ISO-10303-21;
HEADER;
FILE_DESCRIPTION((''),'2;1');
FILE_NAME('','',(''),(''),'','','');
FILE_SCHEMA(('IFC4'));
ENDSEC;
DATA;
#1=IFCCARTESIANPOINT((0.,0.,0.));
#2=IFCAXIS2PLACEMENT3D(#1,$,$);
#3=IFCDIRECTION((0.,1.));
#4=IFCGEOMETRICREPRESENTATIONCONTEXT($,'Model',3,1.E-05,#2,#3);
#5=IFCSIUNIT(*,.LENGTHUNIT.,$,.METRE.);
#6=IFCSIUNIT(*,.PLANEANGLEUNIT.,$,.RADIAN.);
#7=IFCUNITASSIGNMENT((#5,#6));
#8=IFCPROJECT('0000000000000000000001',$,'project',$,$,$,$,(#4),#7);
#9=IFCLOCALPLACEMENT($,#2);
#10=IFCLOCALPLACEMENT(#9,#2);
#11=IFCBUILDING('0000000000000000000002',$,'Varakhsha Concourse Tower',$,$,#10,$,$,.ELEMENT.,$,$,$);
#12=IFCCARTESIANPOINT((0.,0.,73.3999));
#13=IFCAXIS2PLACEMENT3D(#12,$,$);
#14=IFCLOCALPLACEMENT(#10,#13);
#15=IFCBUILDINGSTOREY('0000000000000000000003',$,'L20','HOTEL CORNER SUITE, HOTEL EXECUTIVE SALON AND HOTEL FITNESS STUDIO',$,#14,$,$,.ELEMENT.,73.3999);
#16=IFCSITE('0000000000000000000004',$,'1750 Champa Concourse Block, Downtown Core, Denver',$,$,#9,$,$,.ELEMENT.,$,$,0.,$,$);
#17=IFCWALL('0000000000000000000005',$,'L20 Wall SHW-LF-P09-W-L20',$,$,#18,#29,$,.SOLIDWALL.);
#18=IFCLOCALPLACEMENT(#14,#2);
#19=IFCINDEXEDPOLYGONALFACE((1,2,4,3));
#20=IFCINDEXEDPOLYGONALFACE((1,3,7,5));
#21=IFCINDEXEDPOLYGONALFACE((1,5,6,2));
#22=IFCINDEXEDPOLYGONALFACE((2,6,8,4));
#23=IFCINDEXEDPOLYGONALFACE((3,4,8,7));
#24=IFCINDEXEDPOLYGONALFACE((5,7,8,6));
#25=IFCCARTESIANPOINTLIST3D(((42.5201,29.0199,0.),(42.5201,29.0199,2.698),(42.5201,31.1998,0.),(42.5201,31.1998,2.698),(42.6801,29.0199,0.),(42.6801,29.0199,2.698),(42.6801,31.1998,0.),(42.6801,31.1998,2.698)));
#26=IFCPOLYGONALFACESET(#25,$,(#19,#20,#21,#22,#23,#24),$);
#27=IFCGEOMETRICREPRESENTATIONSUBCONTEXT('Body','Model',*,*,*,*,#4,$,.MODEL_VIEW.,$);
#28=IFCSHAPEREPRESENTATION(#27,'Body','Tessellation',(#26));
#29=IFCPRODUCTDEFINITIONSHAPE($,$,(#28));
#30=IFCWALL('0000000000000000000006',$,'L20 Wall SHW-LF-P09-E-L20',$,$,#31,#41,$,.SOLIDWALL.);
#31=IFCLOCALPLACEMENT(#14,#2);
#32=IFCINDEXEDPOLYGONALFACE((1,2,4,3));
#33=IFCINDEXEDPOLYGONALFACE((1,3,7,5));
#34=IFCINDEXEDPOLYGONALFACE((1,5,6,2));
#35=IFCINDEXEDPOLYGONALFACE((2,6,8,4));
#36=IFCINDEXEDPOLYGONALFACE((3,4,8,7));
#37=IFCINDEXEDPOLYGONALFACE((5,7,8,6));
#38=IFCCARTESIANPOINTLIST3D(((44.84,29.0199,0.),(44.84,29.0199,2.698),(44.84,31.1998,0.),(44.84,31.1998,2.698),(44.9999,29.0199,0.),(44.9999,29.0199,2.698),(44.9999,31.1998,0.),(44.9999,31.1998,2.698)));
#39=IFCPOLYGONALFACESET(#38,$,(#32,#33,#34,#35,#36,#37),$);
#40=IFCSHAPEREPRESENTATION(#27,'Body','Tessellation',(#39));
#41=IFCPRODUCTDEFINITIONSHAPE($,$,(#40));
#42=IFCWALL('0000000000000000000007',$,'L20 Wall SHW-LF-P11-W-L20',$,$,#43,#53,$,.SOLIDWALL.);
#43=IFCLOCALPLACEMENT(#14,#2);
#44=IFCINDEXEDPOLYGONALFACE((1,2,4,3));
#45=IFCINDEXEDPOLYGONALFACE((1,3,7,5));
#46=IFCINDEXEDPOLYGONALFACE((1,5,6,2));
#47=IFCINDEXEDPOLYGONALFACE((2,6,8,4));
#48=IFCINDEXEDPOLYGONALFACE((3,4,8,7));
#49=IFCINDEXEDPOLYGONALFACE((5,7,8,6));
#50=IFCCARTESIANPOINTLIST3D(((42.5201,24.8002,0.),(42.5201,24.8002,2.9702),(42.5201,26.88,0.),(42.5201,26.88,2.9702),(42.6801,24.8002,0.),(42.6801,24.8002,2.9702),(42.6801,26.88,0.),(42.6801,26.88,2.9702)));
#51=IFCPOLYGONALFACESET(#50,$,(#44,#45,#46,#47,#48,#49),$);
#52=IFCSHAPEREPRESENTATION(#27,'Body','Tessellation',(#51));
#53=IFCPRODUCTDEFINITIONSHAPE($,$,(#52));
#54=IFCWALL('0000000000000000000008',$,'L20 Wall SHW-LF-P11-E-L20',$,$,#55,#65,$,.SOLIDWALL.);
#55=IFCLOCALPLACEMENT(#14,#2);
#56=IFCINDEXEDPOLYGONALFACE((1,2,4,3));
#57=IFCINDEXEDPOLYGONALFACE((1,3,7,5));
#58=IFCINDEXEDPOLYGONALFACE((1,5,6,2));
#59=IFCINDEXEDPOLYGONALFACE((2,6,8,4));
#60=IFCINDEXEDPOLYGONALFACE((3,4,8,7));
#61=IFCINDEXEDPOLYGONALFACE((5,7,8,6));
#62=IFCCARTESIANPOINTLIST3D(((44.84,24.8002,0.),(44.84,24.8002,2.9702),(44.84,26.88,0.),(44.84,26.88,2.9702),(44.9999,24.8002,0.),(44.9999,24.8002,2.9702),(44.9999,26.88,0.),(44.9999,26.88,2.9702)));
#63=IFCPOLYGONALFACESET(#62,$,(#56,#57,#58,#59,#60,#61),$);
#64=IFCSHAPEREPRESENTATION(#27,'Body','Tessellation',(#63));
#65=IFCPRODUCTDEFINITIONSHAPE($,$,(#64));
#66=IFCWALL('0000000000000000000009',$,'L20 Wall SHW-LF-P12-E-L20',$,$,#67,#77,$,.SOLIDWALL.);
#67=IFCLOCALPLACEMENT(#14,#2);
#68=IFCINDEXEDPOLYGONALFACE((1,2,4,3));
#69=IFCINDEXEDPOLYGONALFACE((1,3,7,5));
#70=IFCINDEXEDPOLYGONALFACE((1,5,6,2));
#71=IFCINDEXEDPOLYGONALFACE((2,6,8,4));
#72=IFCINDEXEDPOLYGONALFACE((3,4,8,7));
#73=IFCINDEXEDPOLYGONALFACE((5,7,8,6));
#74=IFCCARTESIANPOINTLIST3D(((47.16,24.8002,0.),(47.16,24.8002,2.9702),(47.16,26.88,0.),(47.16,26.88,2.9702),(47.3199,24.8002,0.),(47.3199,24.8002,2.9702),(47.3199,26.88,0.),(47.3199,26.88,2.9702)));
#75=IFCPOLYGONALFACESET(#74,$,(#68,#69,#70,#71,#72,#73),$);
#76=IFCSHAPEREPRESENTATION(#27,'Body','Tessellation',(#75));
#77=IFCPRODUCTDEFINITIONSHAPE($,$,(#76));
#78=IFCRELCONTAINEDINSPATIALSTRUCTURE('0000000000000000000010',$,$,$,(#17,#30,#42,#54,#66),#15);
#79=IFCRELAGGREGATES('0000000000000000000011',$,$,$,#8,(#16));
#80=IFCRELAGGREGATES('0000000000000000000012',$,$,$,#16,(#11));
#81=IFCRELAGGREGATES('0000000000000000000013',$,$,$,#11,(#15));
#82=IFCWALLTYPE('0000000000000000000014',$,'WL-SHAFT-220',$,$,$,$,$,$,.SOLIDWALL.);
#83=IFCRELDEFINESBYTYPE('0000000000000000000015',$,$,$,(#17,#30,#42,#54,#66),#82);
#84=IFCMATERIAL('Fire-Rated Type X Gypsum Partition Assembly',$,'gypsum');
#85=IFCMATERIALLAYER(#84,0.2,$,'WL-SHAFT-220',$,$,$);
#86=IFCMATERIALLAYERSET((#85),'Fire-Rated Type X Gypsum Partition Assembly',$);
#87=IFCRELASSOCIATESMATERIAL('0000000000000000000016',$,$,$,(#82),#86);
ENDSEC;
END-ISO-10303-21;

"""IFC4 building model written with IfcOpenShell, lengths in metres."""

from ifc_helpers import new_model, si_unit, direction, frame, frame_2d, origin, place, context, subcontext, project, spatial, rectangle, extrude, material, layer, layer_set, type_object, element, save


model = new_model("IFC4")

# Units and contexts
model_context = context("Model", 3, precision=1e-05, world=origin(), true_north=direction((0.0, 1.0)))
body_context = subcontext(model_context, "Body", "Model", "MODEL_VIEW")
ifc_project = project(units=[si_unit("LENGTHUNIT", "METRE"), si_unit("PLANEANGLEUNIT", "RADIAN")], contexts=[model_context])

# Site, building, storey
site_placement = place(None, origin())
site = spatial("IfcSite", under=ifc_project, at=site_placement, Name="1750 Champa Concourse Block, Downtown Core, Denver", CompositionType="ELEMENT", RefElevation=0.0)
building_placement = place(site_placement, origin())
building = spatial("IfcBuilding", under=site, at=building_placement, Name="Varakhsha Concourse Tower", CompositionType="ELEMENT")
storey_placement = place(building_placement, frame((0.0, 0.0, 73.3999)))
storey = spatial("IfcBuildingStorey", under=building, at=storey_placement, Name="L20", Description="HOTEL CORNER SUITE, HOTEL EXECUTIVE SALON AND HOTEL FITNESS STUDIO", CompositionType="ELEMENT", Elevation=73.3999)

# Shared definitions
ifc_material_1 = material(Name="Fire-Rated Type X Gypsum Partition Assembly", Category="gypsum")

# Walls
ifc_layer_1 = layer(ifc_material_1, 0.2, Name="WL-SHAFT-220")
ifc_layer_set_1 = layer_set([ifc_layer_1], Name="Fire-Rated Type X Gypsum Partition Assembly")
wall_type_1 = type_object("IfcWallType", Name="WL-SHAFT-220", PredefinedType="SOLIDWALL", material=ifc_layer_set_1)
for number, where, z_axis, x_axis, name in (
    (1, (42.6001, 29.02, 0.0), (0.0, 0.0, 1.0), (0.0, 1.0, 0.0), "L20 Wall SHW-LF-P09-W-L20"),
    (2, (44.9199, 29.02, 0.0), (0.0, 0.0, 1.0), (0.0, 1.0, 0.0), "L20 Wall SHW-LF-P09-E-L20"),
):
    element("IfcWall", number, at=place(storey_placement, frame(where, z_axis=z_axis, x_axis=x_axis)), inside=storey, type_object=wall_type_1, Name=name, PredefinedType="SOLIDWALL", context=body_context, shape_type="SweptSolid", body=[
        extrude(rectangle(XDim=2.1799, YDim=0.1599, at=frame_2d((1.0898, 0.0))), origin(), (0.0, 0.0, 1.0), 2.698),
    ])
for number, where, z_axis, x_axis, name in (
    (3, (42.6001, 24.8, 0.0), (0.0, 0.0, 1.0), (0.0, 1.0, 0.0), "L20 Wall SHW-LF-P11-W-L20"),
    (4, (44.9199, 24.8, 0.0), (0.0, 0.0, 1.0), (0.0, 1.0, 0.0), "L20 Wall SHW-LF-P11-E-L20"),
    (5, (47.24, 24.8, 0.0), (0.0, 0.0, 1.0), (0.0, 1.0, 0.0), "L20 Wall SHW-LF-P12-E-L20"),
):
    element("IfcWall", number, at=place(storey_placement, frame(where, z_axis=z_axis, x_axis=x_axis)), inside=storey, type_object=wall_type_1, Name=name, PredefinedType="SOLIDWALL", context=body_context, shape_type="SweptSolid", body=[
        extrude(rectangle(XDim=2.0798, YDim=0.1599, at=frame_2d((1.04, 0.0))), origin(), (0.0, 0.0, 1.0), 2.9702),
    ])

save(model, "model.ifc")
